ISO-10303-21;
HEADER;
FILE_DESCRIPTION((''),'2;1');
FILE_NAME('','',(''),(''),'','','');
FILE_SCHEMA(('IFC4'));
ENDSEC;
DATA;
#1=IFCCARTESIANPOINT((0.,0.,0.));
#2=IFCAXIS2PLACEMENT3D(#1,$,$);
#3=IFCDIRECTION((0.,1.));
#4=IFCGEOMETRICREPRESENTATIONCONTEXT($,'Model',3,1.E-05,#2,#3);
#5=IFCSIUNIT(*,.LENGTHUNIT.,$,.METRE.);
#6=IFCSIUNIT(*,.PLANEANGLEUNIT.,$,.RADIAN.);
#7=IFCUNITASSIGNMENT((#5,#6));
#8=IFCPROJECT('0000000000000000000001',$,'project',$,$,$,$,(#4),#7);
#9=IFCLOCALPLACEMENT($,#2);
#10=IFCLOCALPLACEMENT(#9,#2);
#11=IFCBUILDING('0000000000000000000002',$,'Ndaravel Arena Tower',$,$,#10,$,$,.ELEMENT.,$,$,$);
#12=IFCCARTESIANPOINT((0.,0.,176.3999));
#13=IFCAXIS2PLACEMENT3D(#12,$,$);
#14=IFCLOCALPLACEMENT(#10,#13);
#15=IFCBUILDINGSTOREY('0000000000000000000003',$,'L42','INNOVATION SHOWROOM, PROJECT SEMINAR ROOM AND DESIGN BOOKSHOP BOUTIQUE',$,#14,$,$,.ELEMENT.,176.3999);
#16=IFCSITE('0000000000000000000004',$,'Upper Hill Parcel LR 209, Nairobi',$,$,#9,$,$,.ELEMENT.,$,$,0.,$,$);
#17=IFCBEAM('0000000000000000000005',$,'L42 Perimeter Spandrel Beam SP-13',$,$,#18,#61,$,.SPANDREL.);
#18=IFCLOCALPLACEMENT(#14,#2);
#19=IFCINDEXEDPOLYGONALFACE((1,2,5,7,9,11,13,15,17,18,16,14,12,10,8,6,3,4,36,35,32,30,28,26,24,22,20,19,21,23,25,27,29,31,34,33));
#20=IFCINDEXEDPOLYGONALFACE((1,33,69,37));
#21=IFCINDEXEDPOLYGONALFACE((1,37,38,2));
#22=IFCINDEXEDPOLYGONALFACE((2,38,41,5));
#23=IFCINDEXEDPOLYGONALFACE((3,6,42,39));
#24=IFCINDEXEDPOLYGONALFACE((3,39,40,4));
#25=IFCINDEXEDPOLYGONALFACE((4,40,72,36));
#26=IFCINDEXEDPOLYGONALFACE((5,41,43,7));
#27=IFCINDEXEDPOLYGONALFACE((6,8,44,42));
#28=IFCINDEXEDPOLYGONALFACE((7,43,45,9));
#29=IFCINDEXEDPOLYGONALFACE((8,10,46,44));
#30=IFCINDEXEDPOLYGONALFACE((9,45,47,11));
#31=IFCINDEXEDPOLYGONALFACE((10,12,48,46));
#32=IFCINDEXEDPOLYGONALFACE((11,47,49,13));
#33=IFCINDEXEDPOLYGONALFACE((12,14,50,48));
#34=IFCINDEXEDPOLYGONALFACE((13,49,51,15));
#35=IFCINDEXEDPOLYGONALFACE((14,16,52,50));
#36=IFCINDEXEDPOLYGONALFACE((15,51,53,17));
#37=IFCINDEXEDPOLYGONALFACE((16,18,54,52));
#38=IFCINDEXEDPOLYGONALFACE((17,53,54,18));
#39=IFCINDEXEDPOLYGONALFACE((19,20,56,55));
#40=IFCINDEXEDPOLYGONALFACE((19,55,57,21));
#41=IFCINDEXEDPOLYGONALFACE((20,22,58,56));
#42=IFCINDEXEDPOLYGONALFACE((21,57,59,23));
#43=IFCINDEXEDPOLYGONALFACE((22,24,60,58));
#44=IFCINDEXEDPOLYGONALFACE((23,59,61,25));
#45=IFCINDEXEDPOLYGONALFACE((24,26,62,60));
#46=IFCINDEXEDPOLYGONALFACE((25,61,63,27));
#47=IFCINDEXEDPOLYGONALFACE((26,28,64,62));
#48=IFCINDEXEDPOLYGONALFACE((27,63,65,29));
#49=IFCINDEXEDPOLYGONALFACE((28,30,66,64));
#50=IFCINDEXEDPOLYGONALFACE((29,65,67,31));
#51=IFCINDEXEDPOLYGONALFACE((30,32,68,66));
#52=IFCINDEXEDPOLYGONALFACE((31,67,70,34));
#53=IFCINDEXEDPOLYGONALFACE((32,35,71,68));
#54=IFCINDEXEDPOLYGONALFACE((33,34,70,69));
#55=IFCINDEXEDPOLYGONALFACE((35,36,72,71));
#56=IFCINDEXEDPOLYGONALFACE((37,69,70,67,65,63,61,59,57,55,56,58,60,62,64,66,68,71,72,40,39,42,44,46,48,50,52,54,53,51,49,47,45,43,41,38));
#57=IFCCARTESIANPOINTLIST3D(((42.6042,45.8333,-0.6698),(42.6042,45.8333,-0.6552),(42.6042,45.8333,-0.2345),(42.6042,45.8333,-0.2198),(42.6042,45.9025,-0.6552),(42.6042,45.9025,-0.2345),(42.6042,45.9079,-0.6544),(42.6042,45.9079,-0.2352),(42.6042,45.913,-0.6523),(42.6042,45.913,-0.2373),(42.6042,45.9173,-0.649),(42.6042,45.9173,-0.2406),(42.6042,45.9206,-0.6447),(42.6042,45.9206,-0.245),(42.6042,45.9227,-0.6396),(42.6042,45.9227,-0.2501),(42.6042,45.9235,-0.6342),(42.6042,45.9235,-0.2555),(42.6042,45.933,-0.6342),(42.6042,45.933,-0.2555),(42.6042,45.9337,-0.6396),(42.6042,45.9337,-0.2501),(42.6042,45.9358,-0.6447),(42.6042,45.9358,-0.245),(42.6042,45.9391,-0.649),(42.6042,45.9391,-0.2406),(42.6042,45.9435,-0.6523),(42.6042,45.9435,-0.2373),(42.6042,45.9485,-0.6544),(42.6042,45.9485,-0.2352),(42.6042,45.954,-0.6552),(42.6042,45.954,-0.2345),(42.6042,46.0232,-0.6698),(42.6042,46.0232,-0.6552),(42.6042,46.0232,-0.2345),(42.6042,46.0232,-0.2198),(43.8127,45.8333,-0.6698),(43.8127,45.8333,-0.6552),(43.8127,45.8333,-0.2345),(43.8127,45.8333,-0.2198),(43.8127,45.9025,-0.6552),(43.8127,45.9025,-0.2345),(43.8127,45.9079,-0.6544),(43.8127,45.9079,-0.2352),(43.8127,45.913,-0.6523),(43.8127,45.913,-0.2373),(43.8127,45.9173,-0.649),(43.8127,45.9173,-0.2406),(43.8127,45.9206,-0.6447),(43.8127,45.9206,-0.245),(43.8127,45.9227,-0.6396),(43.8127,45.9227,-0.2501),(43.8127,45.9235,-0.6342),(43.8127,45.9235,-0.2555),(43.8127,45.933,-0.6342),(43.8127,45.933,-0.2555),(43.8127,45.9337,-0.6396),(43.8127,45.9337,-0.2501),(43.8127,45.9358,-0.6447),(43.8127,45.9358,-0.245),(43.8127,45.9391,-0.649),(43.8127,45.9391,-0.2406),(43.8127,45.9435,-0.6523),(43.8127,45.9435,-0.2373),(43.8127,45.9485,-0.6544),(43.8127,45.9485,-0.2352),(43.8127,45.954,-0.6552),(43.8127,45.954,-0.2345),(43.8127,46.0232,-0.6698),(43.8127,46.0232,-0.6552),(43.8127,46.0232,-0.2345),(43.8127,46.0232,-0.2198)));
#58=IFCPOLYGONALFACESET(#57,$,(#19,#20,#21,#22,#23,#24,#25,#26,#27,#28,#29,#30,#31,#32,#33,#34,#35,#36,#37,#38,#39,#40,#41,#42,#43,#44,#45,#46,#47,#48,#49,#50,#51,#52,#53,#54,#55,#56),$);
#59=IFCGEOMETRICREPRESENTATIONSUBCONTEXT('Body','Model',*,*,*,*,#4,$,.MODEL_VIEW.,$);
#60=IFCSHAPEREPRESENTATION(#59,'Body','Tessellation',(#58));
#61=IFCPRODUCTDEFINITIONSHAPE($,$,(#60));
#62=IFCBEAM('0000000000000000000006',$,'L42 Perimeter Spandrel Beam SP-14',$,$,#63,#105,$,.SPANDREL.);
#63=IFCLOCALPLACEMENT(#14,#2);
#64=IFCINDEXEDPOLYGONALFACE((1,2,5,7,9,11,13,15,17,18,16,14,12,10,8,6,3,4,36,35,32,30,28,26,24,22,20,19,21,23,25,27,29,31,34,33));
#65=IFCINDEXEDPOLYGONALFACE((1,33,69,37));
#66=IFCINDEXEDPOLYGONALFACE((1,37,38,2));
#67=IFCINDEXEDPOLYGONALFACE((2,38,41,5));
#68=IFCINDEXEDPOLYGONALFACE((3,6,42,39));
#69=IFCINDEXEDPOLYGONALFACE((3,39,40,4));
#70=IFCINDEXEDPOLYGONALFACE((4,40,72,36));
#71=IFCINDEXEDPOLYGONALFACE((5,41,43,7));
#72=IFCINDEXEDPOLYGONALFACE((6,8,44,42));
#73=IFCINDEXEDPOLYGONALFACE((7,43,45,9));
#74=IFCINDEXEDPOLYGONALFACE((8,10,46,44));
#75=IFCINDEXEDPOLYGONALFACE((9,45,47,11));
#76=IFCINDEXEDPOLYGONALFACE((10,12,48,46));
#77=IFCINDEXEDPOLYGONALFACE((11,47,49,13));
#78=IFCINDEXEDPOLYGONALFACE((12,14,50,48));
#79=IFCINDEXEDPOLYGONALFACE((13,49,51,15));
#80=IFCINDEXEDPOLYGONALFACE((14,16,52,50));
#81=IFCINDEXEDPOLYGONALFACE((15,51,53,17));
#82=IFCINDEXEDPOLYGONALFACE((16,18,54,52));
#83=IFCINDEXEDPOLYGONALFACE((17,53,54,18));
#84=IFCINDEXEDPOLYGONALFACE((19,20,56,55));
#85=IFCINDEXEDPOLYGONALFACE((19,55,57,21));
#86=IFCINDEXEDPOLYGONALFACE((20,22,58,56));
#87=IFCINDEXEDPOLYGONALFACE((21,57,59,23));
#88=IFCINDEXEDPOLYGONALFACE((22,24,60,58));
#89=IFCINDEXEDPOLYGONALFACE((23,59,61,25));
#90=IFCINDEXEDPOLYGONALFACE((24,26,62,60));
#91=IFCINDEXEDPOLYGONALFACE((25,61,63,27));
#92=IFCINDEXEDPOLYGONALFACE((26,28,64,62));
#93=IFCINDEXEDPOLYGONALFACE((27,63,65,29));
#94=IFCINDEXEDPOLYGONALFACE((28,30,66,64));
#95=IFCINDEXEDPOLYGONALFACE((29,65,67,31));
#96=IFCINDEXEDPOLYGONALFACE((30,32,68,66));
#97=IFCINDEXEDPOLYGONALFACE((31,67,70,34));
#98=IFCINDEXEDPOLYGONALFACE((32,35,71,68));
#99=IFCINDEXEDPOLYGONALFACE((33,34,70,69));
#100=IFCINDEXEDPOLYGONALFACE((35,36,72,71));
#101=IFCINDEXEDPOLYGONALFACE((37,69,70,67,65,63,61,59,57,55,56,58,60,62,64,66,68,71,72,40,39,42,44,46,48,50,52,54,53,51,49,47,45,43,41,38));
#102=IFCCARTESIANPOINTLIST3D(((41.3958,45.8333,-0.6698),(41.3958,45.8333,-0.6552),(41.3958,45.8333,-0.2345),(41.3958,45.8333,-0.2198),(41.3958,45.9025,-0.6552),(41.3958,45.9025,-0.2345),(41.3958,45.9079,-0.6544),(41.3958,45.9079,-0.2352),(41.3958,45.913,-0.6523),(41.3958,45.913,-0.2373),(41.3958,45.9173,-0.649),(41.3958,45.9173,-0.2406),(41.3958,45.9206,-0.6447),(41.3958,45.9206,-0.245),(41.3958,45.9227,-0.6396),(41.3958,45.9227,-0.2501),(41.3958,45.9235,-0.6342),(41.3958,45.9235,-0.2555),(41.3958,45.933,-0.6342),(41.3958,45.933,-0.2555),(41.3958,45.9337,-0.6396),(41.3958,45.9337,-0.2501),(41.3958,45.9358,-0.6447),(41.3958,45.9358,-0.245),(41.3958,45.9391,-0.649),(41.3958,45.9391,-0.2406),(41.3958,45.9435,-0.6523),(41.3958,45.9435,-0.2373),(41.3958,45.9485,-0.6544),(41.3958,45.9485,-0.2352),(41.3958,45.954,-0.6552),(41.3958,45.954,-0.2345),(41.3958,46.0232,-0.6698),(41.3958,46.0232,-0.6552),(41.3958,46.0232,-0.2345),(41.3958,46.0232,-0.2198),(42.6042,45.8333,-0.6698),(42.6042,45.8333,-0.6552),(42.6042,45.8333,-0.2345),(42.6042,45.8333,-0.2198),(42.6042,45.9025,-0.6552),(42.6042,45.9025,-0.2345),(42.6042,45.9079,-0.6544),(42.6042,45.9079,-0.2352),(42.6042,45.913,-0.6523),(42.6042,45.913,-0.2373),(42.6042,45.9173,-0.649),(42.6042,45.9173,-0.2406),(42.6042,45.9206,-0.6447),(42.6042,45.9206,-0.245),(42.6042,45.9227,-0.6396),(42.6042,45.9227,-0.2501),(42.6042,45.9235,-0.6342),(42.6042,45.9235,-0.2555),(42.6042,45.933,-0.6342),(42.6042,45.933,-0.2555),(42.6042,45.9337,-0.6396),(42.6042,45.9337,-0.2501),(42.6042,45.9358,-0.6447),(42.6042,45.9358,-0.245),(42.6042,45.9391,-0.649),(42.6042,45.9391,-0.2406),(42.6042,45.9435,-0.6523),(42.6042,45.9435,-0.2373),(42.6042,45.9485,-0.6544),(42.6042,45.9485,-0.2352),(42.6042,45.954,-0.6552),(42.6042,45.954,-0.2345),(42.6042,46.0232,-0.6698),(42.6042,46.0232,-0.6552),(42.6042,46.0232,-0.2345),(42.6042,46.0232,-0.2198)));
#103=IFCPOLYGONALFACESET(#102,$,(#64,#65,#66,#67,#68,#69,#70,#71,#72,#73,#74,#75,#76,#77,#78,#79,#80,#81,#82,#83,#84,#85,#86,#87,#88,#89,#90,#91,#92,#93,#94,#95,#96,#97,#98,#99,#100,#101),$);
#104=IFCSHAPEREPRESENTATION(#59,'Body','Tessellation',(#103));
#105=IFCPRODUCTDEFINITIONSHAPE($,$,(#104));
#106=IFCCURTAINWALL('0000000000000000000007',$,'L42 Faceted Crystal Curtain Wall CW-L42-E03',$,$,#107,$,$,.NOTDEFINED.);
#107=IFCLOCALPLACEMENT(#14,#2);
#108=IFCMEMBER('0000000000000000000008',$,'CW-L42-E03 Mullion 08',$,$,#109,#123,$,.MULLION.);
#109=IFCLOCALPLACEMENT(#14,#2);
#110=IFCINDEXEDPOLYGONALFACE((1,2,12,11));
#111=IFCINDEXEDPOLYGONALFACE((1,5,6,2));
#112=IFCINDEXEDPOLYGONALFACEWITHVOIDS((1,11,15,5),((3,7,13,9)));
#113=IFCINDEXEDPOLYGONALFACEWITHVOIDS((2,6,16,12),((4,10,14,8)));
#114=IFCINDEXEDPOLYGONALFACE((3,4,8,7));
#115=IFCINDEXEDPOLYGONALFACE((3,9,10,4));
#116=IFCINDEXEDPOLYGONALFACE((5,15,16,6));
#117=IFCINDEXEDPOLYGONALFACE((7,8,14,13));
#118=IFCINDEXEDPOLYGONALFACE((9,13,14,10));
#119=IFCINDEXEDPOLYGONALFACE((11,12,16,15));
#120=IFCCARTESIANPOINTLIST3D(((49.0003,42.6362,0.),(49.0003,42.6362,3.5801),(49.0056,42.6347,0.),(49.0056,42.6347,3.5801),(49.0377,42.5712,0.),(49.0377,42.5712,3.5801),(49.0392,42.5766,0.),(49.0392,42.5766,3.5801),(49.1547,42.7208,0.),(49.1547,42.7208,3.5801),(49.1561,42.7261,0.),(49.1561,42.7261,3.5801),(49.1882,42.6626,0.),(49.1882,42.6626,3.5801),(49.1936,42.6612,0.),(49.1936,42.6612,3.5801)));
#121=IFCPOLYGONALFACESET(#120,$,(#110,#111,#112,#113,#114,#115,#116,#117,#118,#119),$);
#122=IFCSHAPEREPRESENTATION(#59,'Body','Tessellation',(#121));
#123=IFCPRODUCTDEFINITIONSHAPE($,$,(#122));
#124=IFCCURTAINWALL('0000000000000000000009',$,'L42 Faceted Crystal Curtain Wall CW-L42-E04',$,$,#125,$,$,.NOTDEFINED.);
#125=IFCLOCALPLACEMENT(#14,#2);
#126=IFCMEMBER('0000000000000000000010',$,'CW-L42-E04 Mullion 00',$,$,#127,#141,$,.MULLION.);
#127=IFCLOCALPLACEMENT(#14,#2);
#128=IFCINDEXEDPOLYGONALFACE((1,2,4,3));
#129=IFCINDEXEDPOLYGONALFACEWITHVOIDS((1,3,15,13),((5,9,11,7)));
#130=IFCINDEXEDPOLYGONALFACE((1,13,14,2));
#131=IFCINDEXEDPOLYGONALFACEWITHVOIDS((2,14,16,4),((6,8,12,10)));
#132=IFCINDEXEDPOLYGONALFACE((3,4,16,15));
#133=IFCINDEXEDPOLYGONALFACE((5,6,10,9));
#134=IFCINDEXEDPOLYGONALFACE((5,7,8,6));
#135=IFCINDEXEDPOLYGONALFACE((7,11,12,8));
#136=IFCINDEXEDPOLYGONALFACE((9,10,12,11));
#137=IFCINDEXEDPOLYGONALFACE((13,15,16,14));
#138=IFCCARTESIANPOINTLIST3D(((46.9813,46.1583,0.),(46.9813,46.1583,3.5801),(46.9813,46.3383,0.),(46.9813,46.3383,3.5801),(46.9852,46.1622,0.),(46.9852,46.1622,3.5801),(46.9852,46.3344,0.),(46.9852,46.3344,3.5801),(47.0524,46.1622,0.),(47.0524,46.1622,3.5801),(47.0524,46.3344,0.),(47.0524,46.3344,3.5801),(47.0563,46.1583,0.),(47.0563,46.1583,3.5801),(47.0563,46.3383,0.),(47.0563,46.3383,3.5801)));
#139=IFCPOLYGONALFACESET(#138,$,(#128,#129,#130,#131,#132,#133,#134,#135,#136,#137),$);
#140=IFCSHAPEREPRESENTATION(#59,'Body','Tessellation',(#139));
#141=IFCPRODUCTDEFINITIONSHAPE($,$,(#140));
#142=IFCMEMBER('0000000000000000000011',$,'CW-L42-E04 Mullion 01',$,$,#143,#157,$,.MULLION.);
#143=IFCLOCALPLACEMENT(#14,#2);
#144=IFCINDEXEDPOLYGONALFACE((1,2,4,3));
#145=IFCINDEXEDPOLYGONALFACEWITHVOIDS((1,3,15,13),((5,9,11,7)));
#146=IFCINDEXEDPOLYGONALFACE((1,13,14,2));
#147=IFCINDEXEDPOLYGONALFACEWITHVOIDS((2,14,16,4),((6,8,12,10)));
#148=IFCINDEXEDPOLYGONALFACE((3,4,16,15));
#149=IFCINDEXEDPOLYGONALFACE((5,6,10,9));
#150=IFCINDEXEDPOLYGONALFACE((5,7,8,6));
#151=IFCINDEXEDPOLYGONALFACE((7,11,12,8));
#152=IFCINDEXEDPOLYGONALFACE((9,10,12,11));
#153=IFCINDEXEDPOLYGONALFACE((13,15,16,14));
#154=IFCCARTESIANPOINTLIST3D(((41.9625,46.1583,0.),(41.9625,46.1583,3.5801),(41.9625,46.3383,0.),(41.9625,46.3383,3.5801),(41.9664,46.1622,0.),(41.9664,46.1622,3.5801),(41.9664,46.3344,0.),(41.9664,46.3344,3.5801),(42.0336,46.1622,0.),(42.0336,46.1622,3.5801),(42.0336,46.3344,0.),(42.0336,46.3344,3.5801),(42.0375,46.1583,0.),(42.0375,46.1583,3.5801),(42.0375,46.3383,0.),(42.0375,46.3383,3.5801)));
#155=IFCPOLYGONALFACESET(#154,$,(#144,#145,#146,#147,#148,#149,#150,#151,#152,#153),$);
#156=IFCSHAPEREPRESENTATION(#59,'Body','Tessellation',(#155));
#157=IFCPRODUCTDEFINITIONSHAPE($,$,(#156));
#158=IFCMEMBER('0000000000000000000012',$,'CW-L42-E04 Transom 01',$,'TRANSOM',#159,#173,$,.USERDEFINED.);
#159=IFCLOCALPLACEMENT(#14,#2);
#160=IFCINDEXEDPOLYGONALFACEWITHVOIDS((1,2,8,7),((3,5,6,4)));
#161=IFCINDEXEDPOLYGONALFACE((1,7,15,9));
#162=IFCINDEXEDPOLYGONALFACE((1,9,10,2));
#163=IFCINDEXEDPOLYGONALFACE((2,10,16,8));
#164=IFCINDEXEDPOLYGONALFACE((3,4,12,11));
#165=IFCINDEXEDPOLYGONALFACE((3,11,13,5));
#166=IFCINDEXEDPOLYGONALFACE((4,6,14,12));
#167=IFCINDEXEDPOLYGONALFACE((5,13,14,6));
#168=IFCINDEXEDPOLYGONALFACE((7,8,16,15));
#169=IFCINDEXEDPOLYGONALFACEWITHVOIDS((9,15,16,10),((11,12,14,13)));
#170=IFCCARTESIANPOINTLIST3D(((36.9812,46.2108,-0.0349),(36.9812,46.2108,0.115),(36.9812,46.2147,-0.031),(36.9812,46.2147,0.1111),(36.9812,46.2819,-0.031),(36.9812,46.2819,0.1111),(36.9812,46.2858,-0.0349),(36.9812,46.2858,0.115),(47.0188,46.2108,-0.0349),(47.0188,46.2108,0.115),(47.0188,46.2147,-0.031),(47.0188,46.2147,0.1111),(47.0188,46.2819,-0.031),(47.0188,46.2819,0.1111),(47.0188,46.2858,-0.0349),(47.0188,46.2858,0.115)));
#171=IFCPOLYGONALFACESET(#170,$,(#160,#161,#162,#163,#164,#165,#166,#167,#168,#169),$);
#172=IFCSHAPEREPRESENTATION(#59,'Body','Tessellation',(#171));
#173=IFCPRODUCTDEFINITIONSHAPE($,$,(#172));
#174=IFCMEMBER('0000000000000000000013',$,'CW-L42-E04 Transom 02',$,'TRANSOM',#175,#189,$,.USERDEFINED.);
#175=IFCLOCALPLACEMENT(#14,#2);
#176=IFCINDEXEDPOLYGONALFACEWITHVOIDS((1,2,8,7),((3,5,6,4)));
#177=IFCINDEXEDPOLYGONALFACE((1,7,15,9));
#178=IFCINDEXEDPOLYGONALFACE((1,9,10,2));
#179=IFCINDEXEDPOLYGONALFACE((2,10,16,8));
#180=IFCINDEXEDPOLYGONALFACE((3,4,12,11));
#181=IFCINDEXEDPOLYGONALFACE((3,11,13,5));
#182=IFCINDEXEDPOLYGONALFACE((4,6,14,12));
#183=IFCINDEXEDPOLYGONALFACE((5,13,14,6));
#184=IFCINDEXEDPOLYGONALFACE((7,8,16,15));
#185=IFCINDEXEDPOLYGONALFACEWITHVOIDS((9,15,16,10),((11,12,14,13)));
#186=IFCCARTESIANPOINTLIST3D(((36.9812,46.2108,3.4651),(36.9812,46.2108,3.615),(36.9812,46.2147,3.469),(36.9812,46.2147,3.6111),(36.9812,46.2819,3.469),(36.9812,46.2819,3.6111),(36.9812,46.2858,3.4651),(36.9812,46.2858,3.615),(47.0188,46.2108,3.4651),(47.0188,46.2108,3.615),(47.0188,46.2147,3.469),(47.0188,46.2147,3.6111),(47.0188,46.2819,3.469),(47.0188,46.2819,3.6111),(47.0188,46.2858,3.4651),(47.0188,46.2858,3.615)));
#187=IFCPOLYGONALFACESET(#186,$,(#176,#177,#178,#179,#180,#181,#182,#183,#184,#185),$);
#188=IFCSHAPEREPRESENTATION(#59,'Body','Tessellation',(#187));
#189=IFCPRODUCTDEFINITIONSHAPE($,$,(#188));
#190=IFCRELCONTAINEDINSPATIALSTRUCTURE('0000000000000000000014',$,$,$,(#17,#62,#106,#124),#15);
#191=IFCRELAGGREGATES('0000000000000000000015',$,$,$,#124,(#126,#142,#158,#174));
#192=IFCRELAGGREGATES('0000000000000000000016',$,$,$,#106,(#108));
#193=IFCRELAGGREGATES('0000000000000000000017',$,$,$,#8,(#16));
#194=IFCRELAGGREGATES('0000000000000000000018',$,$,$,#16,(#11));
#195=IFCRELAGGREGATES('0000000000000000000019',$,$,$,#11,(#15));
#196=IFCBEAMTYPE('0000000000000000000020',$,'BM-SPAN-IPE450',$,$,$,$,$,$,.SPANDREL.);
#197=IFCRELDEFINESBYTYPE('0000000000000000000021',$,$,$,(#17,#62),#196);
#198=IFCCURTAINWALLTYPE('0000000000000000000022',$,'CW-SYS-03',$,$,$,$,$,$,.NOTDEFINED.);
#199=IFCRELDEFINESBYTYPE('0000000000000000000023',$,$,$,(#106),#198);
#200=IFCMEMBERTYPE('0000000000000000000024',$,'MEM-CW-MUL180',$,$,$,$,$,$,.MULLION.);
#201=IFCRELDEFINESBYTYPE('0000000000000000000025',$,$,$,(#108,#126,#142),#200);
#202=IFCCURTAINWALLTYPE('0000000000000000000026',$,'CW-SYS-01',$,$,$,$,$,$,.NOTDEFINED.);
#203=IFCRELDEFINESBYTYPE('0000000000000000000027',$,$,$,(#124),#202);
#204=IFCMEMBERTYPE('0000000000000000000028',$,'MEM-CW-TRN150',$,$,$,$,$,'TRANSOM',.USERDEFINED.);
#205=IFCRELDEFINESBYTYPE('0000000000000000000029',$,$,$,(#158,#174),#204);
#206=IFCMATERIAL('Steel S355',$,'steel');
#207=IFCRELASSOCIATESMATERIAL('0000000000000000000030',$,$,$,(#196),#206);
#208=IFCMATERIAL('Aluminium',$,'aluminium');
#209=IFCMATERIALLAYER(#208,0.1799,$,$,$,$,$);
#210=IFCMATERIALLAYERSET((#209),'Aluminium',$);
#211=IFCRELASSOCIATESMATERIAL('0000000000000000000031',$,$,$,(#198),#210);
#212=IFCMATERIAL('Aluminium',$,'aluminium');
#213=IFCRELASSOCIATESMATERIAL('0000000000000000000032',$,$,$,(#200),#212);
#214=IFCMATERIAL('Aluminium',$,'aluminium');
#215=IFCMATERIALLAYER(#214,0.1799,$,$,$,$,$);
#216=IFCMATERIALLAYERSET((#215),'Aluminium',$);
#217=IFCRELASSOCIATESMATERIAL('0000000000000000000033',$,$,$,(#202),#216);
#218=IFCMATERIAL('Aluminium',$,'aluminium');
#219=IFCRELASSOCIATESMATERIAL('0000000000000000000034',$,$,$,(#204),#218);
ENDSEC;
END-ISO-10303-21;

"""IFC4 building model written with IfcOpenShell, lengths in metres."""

from ifc_helpers import new_model, si_unit, direction, frame, origin, origin_2d, place, context, subcontext, project, spatial, hollow_rectangle, i_section, extrude, material, layer, layer_set, material_profile, profile_set, type_object, element, aggregate, save


model = new_model("IFC4")

# Units and contexts
model_context = context("Model", 3, precision=1e-05, world=origin(), true_north=direction((0.0, 1.0)))
body_context = subcontext(model_context, "Body", "Model", "MODEL_VIEW")
ifc_project = project(units=[si_unit("LENGTHUNIT", "METRE"), si_unit("PLANEANGLEUNIT", "RADIAN")], contexts=[model_context])

# Site, building, storey
site_placement = place(None, origin())
site = spatial("IfcSite", under=ifc_project, at=site_placement, Name="Upper Hill Parcel LR 209, Nairobi", CompositionType="ELEMENT", RefElevation=0.0)
building_placement = place(site_placement, origin())
building = spatial("IfcBuilding", under=site, at=building_placement, Name="Ndaravel Arena Tower", CompositionType="ELEMENT")
storey_placement = place(building_placement, frame((0.0, 0.0, 176.3999)))
storey = spatial("IfcBuildingStorey", under=building, at=storey_placement, Name="L42", Description="INNOVATION SHOWROOM, PROJECT SEMINAR ROOM AND DESIGN BOOKSHOP BOUTIQUE", CompositionType="ELEMENT", Elevation=176.3999)

# Beams
ifc_material_1 = material(Name="Steel S355", Category="steel")
ifc_material_profile_1 = material_profile(ifc_material_1, i_section(OverallWidth=0.1899, OverallDepth=0.45, WebThickness=0.0095, FlangeThickness=0.0146, FilletRadius=0.021, at=origin_2d()), Name="IPE 450")
ifc_profile_set_1 = profile_set([ifc_material_profile_1], Name="Steel S355")
beam_type_1 = type_object("IfcBeamType", Name="BM-SPAN-IPE450", PredefinedType="SPANDREL", material=ifc_profile_set_1)
for number, where, z_axis, x_axis, name in (
    (1, (43.8127, 45.9282, -0.4448), (-1.0, 0.0, 0.0), (0.0, -1.0, 0.0), "L42 Perimeter Spandrel Beam SP-13"),
    (2, (42.6042, 45.9282, -0.4448), (-1.0, 0.0, 0.0), (0.0, -1.0, 0.0), "L42 Perimeter Spandrel Beam SP-14"),
):
    element("IfcBeam", number, at=place(storey_placement, frame(where, z_axis=z_axis, x_axis=x_axis)), inside=storey, type_object=beam_type_1, Name=name, PredefinedType="SPANDREL", context=body_context, shape_type="SweptSolid", body=[
        extrude(i_section(OverallWidth=0.1899, OverallDepth=0.45, WebThickness=0.0095, FlangeThickness=0.0146, FilletRadius=0.021, at=origin_2d()), origin(), (0.0, 0.0, 1.0), 1.2085),
    ])

# Curtain wall, member
ifc_material_2 = material(Name="Aluminium", Category="aluminium")
ifc_layer_1 = layer(ifc_material_2, 0.1799)
ifc_layer_set_1 = layer_set([ifc_layer_1], Name="Aluminium")
curtain_wall_type_1 = type_object("IfcCurtainWallType", Name="CW-SYS-03", PredefinedType="NOTDEFINED", material=ifc_layer_set_1)
curtain_wall_1_placement = place(storey_placement, origin())
curtain_wall_1 = element("IfcCurtainWall", 3, at=curtain_wall_1_placement, inside=storey, type_object=curtain_wall_type_1, Name="L42 Faceted Crystal Curtain Wall CW-L42-E03", PredefinedType="NOTDEFINED")
ifc_material_3 = material(Name="Aluminium", Category="aluminium")
ifc_material_profile_2 = material_profile(ifc_material_3, hollow_rectangle(XDim=0.075, YDim=0.1799, WallThickness=0.0039, at=origin_2d()), Name="CW MULLION 75x180x4")
ifc_profile_set_2 = profile_set([ifc_material_profile_2], Name="Aluminium")
member_type_1 = type_object("IfcMemberType", Name="MEM-CW-MUL180", PredefinedType="MULLION", material=ifc_profile_set_2)
member_1_placement = place(storey_placement, frame((49.0969, 42.6487, 0.0), z_axis=(0.0, 0.0, 1.0), x_axis=(-0.5, 0.866025, 0.0)))
member_1 = element("IfcMember", 4, at=member_1_placement, type_object=member_type_1, Name="CW-L42-E03 Mullion 08", PredefinedType="MULLION", context=body_context, shape_type="SweptSolid", body=[
    extrude(hollow_rectangle(XDim=0.075, YDim=0.1799, WallThickness=0.0039, at=origin_2d()), origin(), (0.0, 0.0, 1.0), 3.5801),
])

# Curtain wall, members
ifc_material_4 = material(Name="Aluminium", Category="aluminium")
ifc_layer_2 = layer(ifc_material_4, 0.1799)
ifc_layer_set_2 = layer_set([ifc_layer_2], Name="Aluminium")
curtain_wall_type_2 = type_object("IfcCurtainWallType", Name="CW-SYS-01", PredefinedType="NOTDEFINED", material=ifc_layer_set_2)
curtain_wall_2_placement = place(storey_placement, origin())
curtain_wall_2 = element("IfcCurtainWall", 5, at=curtain_wall_2_placement, inside=storey, type_object=curtain_wall_type_2, Name="L42 Faceted Crystal Curtain Wall CW-L42-E04", PredefinedType="NOTDEFINED")
member_2_placement = place(storey_placement, frame((47.0188, 46.2483, 0.0), z_axis=(0.0, 0.0, 1.0), x_axis=(-1.0, 0.0, 0.0)))
member_2 = element("IfcMember", 6, at=member_2_placement, type_object=member_type_1, Name="CW-L42-E04 Mullion 00", PredefinedType="MULLION", context=body_context, shape_type="SweptSolid", body=[
    extrude(hollow_rectangle(XDim=0.075, YDim=0.1799, WallThickness=0.0039, at=origin_2d()), origin(), (0.0, 0.0, 1.0), 3.5801),
])
member_3_placement = place(storey_placement, frame((42.0, 46.2483, 0.0), z_axis=(0.0, 0.0, 1.0), x_axis=(-1.0, 0.0, 0.0)))
member_3 = element("IfcMember", 7, at=member_3_placement, type_object=member_type_1, Name="CW-L42-E04 Mullion 01", PredefinedType="MULLION", context=body_context, shape_type="SweptSolid", body=[
    extrude(hollow_rectangle(XDim=0.075, YDim=0.1799, WallThickness=0.0039, at=origin_2d()), origin(), (0.0, 0.0, 1.0), 3.5801),
])
ifc_material_5 = material(Name="Aluminium", Category="aluminium")
ifc_material_profile_3 = material_profile(ifc_material_5, hollow_rectangle(XDim=0.075, YDim=0.1499, WallThickness=0.0039, at=origin_2d()), Name="CW TRANSOM 75x150x4")
ifc_profile_set_3 = profile_set([ifc_material_profile_3], Name="Aluminium")
member_type_2 = type_object("IfcMemberType", Name="MEM-CW-TRN150", ElementType="TRANSOM", PredefinedType="USERDEFINED", material=ifc_profile_set_3)
member_4_placement = place(storey_placement, frame((47.0188, 46.2483, 0.04), z_axis=(-1.0, 0.0, 0.0), x_axis=(0.0, -1.0, 0.0)))
member_4 = element("IfcMember", 8, at=member_4_placement, type_object=member_type_2, Name="CW-L42-E04 Transom 01", ObjectType="TRANSOM", PredefinedType="USERDEFINED", context=body_context, shape_type="SweptSolid", body=[
    extrude(hollow_rectangle(XDim=0.075, YDim=0.1499, WallThickness=0.0039, at=origin_2d()), origin(), (0.0, 0.0, 1.0), 10.0376),
])
member_5_placement = place(storey_placement, frame((47.0188, 46.2483, 3.54), z_axis=(-1.0, 0.0, 0.0), x_axis=(0.0, -1.0, 0.0)))
member_5 = element("IfcMember", 9, at=member_5_placement, type_object=member_type_2, Name="CW-L42-E04 Transom 02", ObjectType="TRANSOM", PredefinedType="USERDEFINED", context=body_context, shape_type="SweptSolid", body=[
    extrude(hollow_rectangle(XDim=0.075, YDim=0.1499, WallThickness=0.0039, at=origin_2d()), origin(), (0.0, 0.0, 1.0), 10.0376),
])
aggregate(curtain_wall_2, [member_2, member_3, member_4, member_5])

aggregate(curtain_wall_1, [member_1])

save(model, "model.ifc")
